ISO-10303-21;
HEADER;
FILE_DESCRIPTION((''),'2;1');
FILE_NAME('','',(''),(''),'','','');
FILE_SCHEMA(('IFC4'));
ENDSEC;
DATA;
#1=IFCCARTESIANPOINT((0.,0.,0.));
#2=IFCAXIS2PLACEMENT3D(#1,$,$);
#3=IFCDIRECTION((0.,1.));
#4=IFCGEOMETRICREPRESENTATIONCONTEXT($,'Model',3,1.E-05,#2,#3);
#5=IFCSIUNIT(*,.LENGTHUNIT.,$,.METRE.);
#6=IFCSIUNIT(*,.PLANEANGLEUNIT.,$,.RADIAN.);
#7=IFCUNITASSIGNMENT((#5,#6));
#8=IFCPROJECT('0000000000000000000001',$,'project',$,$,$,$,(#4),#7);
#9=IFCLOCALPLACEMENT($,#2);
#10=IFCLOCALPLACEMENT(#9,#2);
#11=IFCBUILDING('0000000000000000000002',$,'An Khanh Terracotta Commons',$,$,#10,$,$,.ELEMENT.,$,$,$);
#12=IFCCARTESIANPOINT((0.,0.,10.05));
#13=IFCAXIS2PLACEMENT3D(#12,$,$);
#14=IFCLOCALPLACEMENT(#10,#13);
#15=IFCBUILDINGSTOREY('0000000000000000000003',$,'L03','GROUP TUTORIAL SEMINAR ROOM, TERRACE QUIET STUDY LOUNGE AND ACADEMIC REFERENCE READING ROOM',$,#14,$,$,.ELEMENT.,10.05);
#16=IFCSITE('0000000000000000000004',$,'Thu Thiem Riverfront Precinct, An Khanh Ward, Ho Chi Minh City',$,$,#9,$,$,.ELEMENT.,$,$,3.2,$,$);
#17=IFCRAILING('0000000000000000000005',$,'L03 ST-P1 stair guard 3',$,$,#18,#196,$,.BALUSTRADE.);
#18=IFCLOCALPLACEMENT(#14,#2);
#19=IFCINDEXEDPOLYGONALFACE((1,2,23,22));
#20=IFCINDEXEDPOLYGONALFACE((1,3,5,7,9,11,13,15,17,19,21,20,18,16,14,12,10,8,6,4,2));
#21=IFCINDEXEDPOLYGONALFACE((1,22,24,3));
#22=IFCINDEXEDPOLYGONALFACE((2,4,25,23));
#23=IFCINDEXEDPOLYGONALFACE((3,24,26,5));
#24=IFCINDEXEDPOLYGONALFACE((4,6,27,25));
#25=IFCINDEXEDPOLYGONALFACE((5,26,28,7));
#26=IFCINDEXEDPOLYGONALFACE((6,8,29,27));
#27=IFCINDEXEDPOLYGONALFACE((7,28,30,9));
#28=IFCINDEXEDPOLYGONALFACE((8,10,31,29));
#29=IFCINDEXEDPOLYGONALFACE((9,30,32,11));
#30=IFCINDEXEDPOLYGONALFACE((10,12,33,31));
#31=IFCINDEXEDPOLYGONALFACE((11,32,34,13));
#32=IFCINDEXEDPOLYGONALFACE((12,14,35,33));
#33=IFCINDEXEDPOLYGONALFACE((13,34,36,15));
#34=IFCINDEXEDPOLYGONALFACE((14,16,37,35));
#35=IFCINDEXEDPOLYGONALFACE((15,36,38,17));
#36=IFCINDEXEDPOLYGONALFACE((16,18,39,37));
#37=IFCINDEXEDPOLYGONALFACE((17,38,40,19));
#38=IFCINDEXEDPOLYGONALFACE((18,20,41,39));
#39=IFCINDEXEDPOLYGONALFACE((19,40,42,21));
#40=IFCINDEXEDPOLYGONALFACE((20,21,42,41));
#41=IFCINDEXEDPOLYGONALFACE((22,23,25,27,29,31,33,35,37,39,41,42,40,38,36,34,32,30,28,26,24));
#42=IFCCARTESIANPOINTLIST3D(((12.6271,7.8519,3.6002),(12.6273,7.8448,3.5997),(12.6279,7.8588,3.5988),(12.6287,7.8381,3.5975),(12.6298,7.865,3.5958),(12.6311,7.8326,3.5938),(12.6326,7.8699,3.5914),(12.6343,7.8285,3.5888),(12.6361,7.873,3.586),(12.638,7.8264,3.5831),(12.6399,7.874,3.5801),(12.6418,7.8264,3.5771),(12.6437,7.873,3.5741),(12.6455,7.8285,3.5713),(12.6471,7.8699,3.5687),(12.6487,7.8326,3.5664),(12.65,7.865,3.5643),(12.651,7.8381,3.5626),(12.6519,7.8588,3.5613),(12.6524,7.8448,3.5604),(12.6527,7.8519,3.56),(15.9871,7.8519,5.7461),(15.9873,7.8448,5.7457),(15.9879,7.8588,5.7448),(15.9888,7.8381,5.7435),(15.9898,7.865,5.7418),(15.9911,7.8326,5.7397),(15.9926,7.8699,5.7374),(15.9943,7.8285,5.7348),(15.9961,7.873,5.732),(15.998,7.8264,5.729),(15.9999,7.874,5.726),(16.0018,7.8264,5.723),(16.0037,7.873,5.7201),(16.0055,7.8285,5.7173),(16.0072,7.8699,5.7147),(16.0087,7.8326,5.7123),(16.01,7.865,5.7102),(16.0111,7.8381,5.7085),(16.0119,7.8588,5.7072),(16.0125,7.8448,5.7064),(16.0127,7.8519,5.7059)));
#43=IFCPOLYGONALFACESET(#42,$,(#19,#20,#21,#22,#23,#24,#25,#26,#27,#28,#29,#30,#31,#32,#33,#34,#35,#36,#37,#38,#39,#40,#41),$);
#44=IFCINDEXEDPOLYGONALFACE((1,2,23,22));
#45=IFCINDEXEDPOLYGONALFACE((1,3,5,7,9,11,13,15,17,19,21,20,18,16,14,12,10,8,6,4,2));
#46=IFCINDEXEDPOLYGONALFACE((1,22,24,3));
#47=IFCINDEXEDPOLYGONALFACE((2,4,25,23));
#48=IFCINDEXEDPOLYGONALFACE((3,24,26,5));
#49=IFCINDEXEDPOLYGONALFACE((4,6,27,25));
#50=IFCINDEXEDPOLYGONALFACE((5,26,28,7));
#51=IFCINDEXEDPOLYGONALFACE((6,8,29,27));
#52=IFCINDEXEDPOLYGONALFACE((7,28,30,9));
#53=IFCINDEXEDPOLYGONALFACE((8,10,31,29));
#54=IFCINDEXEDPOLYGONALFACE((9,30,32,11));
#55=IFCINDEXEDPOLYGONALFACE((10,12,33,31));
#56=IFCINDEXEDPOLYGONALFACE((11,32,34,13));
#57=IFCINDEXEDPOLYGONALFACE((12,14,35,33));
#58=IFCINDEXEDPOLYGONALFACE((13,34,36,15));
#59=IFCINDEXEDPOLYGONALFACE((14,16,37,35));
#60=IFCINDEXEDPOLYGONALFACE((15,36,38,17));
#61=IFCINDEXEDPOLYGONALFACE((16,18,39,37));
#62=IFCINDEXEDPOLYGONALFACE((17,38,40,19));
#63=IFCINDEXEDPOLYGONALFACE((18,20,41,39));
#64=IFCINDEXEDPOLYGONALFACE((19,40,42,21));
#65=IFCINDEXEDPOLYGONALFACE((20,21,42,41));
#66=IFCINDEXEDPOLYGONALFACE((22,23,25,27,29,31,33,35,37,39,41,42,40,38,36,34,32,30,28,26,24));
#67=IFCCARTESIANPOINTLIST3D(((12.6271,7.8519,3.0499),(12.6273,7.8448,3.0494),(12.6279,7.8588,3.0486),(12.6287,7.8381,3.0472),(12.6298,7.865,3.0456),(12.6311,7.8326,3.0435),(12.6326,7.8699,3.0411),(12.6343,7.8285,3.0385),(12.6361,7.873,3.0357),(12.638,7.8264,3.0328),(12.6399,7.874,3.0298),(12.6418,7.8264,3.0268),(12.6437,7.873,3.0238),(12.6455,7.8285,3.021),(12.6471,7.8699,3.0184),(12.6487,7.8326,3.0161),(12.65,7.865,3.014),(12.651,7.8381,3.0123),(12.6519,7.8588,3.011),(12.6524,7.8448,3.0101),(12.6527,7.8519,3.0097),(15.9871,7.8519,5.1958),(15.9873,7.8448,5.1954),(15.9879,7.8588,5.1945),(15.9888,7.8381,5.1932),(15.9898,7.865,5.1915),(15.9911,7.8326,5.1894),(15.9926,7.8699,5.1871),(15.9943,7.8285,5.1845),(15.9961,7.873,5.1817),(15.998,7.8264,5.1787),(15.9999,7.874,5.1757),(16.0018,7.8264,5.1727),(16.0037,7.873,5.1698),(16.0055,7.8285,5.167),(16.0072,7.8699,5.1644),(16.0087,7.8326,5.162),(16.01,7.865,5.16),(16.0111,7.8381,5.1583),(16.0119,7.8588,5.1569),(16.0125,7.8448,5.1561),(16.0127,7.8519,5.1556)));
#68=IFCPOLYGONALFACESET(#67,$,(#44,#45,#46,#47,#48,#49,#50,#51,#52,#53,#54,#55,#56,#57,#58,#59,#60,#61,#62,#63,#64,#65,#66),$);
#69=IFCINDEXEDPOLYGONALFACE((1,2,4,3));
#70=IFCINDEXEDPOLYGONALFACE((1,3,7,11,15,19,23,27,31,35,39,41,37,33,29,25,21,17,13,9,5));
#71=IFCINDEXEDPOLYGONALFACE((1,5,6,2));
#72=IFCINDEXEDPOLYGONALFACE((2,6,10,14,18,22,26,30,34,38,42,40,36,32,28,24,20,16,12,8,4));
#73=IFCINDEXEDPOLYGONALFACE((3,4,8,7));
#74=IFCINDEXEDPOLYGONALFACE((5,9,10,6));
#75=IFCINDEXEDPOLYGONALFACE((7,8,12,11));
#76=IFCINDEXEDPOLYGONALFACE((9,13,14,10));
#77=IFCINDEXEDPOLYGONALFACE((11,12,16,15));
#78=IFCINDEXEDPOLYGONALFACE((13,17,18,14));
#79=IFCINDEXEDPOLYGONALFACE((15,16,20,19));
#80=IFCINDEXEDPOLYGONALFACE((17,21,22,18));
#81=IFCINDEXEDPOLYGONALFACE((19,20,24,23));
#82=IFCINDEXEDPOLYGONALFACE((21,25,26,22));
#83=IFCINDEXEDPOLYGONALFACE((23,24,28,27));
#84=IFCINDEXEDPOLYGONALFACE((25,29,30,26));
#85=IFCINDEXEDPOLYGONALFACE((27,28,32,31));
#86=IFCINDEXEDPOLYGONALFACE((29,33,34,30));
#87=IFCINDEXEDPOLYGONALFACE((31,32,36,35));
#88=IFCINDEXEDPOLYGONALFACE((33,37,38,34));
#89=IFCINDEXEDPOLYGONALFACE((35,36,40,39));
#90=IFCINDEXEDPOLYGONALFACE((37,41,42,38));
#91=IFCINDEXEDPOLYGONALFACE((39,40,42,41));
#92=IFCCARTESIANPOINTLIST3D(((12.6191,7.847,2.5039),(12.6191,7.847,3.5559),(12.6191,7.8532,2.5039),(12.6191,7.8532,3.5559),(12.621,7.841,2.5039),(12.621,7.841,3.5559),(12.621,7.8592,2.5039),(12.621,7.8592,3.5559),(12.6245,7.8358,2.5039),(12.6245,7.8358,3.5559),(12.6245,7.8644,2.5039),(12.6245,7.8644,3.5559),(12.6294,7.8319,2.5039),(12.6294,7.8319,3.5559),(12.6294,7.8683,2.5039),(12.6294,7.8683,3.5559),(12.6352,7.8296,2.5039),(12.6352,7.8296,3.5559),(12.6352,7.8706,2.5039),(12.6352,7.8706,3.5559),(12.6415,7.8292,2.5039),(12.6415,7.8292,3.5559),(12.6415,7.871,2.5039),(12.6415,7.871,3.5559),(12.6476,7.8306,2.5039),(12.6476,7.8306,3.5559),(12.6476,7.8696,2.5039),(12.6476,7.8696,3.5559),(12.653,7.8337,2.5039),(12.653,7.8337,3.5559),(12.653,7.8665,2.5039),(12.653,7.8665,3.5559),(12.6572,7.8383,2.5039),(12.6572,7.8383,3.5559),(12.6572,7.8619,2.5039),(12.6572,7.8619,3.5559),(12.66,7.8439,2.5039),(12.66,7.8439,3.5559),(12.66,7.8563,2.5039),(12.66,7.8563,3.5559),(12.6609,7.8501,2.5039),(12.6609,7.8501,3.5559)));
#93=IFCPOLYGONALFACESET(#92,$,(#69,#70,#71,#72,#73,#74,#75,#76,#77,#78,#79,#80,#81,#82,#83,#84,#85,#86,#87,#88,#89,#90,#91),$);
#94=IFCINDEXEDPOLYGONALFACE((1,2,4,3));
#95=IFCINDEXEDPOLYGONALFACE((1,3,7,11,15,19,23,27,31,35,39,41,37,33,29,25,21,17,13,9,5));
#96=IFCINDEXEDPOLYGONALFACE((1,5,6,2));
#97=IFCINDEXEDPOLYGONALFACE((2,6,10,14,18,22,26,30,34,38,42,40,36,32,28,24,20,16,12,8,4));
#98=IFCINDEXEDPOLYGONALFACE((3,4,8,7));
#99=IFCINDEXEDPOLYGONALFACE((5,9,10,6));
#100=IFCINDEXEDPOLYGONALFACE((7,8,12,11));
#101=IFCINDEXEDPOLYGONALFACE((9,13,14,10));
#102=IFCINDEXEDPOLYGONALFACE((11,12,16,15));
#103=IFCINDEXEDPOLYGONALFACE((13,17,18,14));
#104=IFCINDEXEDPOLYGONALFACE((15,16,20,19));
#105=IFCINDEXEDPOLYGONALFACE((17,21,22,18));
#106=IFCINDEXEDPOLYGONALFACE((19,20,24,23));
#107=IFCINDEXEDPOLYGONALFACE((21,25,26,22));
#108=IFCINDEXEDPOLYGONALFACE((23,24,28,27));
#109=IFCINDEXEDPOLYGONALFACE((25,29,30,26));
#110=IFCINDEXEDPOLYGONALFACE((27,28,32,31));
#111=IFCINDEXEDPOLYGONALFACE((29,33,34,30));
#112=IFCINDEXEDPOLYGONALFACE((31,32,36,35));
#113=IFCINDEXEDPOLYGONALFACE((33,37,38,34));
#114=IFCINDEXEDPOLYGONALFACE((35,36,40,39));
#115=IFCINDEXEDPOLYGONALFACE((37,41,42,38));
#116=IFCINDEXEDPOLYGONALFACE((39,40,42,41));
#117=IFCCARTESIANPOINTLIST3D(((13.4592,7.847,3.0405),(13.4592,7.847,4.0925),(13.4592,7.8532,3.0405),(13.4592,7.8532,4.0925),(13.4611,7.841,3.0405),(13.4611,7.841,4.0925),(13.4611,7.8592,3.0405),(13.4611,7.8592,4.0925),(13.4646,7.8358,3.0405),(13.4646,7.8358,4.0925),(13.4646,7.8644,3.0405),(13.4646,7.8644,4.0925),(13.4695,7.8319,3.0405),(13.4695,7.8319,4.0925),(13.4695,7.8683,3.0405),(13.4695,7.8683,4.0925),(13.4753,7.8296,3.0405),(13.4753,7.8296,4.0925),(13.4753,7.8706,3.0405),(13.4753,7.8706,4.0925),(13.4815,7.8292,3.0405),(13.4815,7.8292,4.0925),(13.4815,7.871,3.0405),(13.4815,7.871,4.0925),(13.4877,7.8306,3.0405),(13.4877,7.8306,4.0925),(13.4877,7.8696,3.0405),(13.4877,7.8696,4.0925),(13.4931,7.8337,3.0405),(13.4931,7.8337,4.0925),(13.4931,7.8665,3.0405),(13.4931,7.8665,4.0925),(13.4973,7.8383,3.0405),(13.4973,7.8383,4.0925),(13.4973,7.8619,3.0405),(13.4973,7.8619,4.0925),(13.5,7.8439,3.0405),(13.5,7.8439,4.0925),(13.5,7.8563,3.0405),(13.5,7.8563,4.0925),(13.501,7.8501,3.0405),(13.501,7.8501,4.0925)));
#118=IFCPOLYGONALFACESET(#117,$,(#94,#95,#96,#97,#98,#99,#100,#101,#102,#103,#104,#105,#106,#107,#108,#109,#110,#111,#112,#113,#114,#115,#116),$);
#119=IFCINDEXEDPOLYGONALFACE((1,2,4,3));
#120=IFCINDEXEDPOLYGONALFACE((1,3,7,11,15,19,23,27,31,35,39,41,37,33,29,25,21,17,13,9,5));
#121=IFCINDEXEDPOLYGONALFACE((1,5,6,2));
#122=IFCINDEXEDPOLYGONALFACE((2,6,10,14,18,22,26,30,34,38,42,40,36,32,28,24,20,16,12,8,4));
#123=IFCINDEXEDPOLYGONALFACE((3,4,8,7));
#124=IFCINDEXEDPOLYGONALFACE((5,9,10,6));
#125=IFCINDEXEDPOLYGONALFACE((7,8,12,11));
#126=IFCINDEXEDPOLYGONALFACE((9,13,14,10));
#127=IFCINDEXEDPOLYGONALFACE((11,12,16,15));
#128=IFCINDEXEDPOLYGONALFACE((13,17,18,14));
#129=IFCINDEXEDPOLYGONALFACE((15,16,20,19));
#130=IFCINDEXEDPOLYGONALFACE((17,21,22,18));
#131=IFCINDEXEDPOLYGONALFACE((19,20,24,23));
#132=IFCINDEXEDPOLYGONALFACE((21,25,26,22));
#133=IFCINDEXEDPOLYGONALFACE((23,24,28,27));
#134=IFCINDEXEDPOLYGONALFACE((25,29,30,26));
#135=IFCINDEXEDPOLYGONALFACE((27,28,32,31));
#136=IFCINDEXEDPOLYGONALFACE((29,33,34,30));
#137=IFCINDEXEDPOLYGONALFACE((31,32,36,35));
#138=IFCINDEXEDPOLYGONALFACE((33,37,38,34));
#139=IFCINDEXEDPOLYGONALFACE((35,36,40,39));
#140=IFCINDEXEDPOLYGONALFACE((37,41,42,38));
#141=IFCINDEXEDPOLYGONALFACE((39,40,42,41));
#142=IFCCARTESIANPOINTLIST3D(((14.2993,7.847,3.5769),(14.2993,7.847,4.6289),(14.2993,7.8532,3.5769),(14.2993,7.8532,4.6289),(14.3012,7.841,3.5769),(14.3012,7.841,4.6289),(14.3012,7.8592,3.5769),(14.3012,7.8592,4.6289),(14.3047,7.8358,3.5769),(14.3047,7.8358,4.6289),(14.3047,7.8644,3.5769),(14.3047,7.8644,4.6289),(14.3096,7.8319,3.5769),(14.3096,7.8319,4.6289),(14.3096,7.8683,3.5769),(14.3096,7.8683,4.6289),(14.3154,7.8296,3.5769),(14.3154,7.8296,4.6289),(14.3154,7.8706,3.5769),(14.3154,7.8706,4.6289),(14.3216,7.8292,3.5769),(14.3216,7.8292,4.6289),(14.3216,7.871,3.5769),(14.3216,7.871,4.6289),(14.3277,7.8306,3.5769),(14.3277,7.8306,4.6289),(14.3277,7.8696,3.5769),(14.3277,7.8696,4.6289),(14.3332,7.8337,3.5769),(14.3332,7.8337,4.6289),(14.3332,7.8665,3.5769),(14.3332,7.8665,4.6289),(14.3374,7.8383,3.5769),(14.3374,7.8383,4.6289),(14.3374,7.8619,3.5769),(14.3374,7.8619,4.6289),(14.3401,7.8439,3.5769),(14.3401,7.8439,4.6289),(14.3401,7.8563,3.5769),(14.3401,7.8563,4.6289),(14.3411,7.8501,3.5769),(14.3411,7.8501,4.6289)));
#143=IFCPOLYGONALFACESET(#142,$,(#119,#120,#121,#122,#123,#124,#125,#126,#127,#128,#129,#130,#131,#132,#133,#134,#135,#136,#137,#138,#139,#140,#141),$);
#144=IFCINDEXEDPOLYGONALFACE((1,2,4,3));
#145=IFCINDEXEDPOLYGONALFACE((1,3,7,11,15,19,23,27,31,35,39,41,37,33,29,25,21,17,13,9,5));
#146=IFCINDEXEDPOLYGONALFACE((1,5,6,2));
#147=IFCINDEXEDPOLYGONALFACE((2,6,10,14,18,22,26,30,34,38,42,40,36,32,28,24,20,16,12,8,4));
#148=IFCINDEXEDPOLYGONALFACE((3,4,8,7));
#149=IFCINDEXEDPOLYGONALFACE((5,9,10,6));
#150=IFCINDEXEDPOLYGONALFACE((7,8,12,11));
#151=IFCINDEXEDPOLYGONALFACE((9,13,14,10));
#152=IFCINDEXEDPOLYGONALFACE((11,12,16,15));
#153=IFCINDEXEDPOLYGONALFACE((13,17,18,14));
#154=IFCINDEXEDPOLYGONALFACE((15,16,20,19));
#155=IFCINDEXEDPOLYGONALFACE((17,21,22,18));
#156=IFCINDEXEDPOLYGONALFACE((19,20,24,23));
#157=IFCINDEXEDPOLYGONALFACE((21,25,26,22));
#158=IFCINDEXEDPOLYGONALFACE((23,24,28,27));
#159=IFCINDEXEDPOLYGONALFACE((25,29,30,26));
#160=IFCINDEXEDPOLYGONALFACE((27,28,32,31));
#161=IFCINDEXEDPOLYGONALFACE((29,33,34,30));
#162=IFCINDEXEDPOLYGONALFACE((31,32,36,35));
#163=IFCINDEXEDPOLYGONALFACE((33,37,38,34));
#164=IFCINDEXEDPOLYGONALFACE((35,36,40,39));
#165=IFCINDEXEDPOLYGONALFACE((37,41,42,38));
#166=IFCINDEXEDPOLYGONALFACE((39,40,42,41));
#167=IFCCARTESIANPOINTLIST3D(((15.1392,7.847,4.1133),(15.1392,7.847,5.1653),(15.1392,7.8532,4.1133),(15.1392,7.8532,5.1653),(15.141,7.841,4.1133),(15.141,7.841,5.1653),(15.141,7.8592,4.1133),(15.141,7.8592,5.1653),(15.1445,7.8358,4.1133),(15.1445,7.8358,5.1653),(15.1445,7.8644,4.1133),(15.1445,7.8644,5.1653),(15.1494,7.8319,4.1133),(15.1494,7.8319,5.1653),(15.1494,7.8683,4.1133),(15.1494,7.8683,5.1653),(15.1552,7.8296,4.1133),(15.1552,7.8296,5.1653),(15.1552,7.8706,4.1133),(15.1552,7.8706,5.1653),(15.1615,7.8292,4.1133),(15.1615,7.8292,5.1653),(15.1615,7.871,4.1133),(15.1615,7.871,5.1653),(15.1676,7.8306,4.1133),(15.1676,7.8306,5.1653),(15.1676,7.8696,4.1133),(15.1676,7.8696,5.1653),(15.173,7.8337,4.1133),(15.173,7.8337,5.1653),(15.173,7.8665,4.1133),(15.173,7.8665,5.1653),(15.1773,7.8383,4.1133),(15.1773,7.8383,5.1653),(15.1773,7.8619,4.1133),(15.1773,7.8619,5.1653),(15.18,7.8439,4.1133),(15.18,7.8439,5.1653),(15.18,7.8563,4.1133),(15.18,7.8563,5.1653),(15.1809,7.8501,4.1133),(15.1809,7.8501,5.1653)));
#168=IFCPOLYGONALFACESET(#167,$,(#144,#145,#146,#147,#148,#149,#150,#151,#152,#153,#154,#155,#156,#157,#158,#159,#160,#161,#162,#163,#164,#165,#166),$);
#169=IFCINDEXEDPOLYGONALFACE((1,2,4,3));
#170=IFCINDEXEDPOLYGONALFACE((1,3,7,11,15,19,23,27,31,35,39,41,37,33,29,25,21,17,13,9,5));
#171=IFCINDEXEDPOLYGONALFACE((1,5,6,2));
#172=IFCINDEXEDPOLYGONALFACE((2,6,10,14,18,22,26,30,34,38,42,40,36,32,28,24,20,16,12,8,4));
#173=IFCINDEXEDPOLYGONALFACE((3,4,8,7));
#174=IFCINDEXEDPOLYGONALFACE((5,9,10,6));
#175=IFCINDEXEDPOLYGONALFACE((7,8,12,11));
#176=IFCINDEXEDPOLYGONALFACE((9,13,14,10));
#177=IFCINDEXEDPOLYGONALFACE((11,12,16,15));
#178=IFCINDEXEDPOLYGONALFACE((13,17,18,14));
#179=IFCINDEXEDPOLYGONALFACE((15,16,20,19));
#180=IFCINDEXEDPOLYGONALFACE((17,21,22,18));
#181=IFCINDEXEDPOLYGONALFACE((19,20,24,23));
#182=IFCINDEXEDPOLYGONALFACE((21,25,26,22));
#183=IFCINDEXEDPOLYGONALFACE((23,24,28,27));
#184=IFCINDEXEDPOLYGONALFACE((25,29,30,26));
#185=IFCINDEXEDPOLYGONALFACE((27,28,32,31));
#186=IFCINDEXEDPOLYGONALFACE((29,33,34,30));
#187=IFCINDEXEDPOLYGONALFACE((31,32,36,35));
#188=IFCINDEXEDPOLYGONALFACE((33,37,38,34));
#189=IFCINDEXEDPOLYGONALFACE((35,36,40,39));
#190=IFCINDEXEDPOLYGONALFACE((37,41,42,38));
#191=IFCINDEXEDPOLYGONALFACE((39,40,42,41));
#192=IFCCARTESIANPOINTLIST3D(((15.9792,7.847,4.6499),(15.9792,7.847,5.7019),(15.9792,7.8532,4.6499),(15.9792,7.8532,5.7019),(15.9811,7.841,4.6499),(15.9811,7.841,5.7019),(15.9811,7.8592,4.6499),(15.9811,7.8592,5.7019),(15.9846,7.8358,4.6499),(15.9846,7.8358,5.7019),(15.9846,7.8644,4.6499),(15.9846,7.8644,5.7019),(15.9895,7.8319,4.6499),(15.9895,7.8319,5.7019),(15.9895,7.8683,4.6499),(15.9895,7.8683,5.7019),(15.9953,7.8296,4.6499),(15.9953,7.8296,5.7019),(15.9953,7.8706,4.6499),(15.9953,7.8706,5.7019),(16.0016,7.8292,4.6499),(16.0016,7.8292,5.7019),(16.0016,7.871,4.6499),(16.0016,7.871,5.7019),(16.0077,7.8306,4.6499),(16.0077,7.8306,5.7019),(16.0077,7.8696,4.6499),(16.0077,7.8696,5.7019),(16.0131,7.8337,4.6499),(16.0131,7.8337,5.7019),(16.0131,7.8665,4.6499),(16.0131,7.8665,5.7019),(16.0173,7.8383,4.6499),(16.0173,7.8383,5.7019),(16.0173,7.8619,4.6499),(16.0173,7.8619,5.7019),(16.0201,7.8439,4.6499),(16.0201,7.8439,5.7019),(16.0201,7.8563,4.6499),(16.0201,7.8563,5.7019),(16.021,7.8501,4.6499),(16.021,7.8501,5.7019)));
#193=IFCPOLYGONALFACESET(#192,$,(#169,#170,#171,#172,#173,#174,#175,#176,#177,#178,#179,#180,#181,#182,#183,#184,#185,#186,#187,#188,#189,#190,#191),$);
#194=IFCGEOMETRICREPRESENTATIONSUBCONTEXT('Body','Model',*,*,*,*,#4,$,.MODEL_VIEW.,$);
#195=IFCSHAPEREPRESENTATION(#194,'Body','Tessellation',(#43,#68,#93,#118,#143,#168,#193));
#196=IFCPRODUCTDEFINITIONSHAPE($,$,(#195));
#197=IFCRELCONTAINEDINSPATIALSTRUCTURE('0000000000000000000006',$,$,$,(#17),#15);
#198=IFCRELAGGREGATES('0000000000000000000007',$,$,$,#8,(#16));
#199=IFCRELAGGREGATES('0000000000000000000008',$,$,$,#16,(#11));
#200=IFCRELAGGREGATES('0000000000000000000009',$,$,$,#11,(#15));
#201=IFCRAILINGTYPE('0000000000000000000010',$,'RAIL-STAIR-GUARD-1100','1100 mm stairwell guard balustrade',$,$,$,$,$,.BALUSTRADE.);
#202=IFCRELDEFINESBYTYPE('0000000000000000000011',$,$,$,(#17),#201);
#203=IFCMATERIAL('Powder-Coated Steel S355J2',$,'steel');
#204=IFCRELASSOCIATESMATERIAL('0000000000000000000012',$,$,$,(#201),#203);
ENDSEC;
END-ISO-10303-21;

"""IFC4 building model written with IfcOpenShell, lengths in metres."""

from ifc_helpers import new_model, si_unit, direction, frame, origin, origin_2d, place, context, subcontext, project, spatial, circle, extrude, material, type_object, element, save


model = new_model("IFC4")

# Units and contexts
model_context = context("Model", 3, precision=1e-05, world=origin(), true_north=direction((0.0, 1.0)))
body_context = subcontext(model_context, "Body", "Model", "MODEL_VIEW")
ifc_project = project(units=[si_unit("LENGTHUNIT", "METRE"), si_unit("PLANEANGLEUNIT", "RADIAN")], contexts=[model_context])

# Site, building, storey
site_placement = place(None, origin())
site = spatial("IfcSite", under=ifc_project, at=site_placement, Name="Thu Thiem Riverfront Precinct, An Khanh Ward, Ho Chi Minh City", CompositionType="ELEMENT", RefElevation=3.2)
building_placement = place(site_placement, origin())
building = spatial("IfcBuilding", under=site, at=building_placement, Name="An Khanh Terracotta Commons", CompositionType="ELEMENT")
storey_placement = place(building_placement, frame((0.0, 0.0, 10.05)))
storey = spatial("IfcBuildingStorey", under=building, at=storey_placement, Name="L03", Description="GROUP TUTORIAL SEMINAR ROOM, TERRACE QUIET STUDY LOUNGE AND ACADEMIC REFERENCE READING ROOM", CompositionType="ELEMENT", Elevation=10.05)

# Railing
ifc_material_1 = material(Name="Powder-Coated Steel S355J2", Category="steel")
railing_type_1 = type_object("IfcRailingType", Name="RAIL-STAIR-GUARD-1100", Description="1100 mm stairwell guard balustrade", PredefinedType="BALUSTRADE", material=ifc_material_1)
railing_1_placement = place(storey_placement, frame((12.6399, 7.8501, 2.5039)))
element("IfcRailing", 1, at=railing_1_placement, inside=storey, type_object=railing_type_1, Name="L03 ST-P1 stair guard 3", PredefinedType="BALUSTRADE", context=body_context, shape_type="SweptSolid", body=[
    extrude(circle(Radius=0.0239, at=origin_2d()), frame((0.0, 0.0, 1.0762), z_axis=(0.84278, 0.0, 0.538258), x_axis=(0.0, 1.0, 0.0)), (0.0, 0.0, 1.0), 3.9868),
    extrude(circle(Radius=0.0239, at=origin_2d()), frame((0.0, 0.0, 0.5259), z_axis=(0.84278, 0.0, 0.538258), x_axis=(0.0, 1.0, 0.0)), (0.0, 0.0, 1.0), 3.9868),
    extrude(circle(Radius=0.021, at=origin_2d()), origin(), (0.0, 0.0, 1.0), 1.052),
    extrude(circle(Radius=0.021, at=origin_2d()), frame((0.8401, 0.0, 0.5366)), (0.0, 0.0, 1.0), 1.052),
    extrude(circle(Radius=0.021, at=origin_2d()), frame((1.6802, 0.0, 1.073)), (0.0, 0.0, 1.0), 1.052),
    extrude(circle(Radius=0.021, at=origin_2d()), frame((2.52, 0.0, 1.6094)), (0.0, 0.0, 1.0), 1.052),
    extrude(circle(Radius=0.021, at=origin_2d()), frame((3.3601, 0.0, 2.146)), (0.0, 0.0, 1.0), 1.052),
])

save(model, "model.ifc")
